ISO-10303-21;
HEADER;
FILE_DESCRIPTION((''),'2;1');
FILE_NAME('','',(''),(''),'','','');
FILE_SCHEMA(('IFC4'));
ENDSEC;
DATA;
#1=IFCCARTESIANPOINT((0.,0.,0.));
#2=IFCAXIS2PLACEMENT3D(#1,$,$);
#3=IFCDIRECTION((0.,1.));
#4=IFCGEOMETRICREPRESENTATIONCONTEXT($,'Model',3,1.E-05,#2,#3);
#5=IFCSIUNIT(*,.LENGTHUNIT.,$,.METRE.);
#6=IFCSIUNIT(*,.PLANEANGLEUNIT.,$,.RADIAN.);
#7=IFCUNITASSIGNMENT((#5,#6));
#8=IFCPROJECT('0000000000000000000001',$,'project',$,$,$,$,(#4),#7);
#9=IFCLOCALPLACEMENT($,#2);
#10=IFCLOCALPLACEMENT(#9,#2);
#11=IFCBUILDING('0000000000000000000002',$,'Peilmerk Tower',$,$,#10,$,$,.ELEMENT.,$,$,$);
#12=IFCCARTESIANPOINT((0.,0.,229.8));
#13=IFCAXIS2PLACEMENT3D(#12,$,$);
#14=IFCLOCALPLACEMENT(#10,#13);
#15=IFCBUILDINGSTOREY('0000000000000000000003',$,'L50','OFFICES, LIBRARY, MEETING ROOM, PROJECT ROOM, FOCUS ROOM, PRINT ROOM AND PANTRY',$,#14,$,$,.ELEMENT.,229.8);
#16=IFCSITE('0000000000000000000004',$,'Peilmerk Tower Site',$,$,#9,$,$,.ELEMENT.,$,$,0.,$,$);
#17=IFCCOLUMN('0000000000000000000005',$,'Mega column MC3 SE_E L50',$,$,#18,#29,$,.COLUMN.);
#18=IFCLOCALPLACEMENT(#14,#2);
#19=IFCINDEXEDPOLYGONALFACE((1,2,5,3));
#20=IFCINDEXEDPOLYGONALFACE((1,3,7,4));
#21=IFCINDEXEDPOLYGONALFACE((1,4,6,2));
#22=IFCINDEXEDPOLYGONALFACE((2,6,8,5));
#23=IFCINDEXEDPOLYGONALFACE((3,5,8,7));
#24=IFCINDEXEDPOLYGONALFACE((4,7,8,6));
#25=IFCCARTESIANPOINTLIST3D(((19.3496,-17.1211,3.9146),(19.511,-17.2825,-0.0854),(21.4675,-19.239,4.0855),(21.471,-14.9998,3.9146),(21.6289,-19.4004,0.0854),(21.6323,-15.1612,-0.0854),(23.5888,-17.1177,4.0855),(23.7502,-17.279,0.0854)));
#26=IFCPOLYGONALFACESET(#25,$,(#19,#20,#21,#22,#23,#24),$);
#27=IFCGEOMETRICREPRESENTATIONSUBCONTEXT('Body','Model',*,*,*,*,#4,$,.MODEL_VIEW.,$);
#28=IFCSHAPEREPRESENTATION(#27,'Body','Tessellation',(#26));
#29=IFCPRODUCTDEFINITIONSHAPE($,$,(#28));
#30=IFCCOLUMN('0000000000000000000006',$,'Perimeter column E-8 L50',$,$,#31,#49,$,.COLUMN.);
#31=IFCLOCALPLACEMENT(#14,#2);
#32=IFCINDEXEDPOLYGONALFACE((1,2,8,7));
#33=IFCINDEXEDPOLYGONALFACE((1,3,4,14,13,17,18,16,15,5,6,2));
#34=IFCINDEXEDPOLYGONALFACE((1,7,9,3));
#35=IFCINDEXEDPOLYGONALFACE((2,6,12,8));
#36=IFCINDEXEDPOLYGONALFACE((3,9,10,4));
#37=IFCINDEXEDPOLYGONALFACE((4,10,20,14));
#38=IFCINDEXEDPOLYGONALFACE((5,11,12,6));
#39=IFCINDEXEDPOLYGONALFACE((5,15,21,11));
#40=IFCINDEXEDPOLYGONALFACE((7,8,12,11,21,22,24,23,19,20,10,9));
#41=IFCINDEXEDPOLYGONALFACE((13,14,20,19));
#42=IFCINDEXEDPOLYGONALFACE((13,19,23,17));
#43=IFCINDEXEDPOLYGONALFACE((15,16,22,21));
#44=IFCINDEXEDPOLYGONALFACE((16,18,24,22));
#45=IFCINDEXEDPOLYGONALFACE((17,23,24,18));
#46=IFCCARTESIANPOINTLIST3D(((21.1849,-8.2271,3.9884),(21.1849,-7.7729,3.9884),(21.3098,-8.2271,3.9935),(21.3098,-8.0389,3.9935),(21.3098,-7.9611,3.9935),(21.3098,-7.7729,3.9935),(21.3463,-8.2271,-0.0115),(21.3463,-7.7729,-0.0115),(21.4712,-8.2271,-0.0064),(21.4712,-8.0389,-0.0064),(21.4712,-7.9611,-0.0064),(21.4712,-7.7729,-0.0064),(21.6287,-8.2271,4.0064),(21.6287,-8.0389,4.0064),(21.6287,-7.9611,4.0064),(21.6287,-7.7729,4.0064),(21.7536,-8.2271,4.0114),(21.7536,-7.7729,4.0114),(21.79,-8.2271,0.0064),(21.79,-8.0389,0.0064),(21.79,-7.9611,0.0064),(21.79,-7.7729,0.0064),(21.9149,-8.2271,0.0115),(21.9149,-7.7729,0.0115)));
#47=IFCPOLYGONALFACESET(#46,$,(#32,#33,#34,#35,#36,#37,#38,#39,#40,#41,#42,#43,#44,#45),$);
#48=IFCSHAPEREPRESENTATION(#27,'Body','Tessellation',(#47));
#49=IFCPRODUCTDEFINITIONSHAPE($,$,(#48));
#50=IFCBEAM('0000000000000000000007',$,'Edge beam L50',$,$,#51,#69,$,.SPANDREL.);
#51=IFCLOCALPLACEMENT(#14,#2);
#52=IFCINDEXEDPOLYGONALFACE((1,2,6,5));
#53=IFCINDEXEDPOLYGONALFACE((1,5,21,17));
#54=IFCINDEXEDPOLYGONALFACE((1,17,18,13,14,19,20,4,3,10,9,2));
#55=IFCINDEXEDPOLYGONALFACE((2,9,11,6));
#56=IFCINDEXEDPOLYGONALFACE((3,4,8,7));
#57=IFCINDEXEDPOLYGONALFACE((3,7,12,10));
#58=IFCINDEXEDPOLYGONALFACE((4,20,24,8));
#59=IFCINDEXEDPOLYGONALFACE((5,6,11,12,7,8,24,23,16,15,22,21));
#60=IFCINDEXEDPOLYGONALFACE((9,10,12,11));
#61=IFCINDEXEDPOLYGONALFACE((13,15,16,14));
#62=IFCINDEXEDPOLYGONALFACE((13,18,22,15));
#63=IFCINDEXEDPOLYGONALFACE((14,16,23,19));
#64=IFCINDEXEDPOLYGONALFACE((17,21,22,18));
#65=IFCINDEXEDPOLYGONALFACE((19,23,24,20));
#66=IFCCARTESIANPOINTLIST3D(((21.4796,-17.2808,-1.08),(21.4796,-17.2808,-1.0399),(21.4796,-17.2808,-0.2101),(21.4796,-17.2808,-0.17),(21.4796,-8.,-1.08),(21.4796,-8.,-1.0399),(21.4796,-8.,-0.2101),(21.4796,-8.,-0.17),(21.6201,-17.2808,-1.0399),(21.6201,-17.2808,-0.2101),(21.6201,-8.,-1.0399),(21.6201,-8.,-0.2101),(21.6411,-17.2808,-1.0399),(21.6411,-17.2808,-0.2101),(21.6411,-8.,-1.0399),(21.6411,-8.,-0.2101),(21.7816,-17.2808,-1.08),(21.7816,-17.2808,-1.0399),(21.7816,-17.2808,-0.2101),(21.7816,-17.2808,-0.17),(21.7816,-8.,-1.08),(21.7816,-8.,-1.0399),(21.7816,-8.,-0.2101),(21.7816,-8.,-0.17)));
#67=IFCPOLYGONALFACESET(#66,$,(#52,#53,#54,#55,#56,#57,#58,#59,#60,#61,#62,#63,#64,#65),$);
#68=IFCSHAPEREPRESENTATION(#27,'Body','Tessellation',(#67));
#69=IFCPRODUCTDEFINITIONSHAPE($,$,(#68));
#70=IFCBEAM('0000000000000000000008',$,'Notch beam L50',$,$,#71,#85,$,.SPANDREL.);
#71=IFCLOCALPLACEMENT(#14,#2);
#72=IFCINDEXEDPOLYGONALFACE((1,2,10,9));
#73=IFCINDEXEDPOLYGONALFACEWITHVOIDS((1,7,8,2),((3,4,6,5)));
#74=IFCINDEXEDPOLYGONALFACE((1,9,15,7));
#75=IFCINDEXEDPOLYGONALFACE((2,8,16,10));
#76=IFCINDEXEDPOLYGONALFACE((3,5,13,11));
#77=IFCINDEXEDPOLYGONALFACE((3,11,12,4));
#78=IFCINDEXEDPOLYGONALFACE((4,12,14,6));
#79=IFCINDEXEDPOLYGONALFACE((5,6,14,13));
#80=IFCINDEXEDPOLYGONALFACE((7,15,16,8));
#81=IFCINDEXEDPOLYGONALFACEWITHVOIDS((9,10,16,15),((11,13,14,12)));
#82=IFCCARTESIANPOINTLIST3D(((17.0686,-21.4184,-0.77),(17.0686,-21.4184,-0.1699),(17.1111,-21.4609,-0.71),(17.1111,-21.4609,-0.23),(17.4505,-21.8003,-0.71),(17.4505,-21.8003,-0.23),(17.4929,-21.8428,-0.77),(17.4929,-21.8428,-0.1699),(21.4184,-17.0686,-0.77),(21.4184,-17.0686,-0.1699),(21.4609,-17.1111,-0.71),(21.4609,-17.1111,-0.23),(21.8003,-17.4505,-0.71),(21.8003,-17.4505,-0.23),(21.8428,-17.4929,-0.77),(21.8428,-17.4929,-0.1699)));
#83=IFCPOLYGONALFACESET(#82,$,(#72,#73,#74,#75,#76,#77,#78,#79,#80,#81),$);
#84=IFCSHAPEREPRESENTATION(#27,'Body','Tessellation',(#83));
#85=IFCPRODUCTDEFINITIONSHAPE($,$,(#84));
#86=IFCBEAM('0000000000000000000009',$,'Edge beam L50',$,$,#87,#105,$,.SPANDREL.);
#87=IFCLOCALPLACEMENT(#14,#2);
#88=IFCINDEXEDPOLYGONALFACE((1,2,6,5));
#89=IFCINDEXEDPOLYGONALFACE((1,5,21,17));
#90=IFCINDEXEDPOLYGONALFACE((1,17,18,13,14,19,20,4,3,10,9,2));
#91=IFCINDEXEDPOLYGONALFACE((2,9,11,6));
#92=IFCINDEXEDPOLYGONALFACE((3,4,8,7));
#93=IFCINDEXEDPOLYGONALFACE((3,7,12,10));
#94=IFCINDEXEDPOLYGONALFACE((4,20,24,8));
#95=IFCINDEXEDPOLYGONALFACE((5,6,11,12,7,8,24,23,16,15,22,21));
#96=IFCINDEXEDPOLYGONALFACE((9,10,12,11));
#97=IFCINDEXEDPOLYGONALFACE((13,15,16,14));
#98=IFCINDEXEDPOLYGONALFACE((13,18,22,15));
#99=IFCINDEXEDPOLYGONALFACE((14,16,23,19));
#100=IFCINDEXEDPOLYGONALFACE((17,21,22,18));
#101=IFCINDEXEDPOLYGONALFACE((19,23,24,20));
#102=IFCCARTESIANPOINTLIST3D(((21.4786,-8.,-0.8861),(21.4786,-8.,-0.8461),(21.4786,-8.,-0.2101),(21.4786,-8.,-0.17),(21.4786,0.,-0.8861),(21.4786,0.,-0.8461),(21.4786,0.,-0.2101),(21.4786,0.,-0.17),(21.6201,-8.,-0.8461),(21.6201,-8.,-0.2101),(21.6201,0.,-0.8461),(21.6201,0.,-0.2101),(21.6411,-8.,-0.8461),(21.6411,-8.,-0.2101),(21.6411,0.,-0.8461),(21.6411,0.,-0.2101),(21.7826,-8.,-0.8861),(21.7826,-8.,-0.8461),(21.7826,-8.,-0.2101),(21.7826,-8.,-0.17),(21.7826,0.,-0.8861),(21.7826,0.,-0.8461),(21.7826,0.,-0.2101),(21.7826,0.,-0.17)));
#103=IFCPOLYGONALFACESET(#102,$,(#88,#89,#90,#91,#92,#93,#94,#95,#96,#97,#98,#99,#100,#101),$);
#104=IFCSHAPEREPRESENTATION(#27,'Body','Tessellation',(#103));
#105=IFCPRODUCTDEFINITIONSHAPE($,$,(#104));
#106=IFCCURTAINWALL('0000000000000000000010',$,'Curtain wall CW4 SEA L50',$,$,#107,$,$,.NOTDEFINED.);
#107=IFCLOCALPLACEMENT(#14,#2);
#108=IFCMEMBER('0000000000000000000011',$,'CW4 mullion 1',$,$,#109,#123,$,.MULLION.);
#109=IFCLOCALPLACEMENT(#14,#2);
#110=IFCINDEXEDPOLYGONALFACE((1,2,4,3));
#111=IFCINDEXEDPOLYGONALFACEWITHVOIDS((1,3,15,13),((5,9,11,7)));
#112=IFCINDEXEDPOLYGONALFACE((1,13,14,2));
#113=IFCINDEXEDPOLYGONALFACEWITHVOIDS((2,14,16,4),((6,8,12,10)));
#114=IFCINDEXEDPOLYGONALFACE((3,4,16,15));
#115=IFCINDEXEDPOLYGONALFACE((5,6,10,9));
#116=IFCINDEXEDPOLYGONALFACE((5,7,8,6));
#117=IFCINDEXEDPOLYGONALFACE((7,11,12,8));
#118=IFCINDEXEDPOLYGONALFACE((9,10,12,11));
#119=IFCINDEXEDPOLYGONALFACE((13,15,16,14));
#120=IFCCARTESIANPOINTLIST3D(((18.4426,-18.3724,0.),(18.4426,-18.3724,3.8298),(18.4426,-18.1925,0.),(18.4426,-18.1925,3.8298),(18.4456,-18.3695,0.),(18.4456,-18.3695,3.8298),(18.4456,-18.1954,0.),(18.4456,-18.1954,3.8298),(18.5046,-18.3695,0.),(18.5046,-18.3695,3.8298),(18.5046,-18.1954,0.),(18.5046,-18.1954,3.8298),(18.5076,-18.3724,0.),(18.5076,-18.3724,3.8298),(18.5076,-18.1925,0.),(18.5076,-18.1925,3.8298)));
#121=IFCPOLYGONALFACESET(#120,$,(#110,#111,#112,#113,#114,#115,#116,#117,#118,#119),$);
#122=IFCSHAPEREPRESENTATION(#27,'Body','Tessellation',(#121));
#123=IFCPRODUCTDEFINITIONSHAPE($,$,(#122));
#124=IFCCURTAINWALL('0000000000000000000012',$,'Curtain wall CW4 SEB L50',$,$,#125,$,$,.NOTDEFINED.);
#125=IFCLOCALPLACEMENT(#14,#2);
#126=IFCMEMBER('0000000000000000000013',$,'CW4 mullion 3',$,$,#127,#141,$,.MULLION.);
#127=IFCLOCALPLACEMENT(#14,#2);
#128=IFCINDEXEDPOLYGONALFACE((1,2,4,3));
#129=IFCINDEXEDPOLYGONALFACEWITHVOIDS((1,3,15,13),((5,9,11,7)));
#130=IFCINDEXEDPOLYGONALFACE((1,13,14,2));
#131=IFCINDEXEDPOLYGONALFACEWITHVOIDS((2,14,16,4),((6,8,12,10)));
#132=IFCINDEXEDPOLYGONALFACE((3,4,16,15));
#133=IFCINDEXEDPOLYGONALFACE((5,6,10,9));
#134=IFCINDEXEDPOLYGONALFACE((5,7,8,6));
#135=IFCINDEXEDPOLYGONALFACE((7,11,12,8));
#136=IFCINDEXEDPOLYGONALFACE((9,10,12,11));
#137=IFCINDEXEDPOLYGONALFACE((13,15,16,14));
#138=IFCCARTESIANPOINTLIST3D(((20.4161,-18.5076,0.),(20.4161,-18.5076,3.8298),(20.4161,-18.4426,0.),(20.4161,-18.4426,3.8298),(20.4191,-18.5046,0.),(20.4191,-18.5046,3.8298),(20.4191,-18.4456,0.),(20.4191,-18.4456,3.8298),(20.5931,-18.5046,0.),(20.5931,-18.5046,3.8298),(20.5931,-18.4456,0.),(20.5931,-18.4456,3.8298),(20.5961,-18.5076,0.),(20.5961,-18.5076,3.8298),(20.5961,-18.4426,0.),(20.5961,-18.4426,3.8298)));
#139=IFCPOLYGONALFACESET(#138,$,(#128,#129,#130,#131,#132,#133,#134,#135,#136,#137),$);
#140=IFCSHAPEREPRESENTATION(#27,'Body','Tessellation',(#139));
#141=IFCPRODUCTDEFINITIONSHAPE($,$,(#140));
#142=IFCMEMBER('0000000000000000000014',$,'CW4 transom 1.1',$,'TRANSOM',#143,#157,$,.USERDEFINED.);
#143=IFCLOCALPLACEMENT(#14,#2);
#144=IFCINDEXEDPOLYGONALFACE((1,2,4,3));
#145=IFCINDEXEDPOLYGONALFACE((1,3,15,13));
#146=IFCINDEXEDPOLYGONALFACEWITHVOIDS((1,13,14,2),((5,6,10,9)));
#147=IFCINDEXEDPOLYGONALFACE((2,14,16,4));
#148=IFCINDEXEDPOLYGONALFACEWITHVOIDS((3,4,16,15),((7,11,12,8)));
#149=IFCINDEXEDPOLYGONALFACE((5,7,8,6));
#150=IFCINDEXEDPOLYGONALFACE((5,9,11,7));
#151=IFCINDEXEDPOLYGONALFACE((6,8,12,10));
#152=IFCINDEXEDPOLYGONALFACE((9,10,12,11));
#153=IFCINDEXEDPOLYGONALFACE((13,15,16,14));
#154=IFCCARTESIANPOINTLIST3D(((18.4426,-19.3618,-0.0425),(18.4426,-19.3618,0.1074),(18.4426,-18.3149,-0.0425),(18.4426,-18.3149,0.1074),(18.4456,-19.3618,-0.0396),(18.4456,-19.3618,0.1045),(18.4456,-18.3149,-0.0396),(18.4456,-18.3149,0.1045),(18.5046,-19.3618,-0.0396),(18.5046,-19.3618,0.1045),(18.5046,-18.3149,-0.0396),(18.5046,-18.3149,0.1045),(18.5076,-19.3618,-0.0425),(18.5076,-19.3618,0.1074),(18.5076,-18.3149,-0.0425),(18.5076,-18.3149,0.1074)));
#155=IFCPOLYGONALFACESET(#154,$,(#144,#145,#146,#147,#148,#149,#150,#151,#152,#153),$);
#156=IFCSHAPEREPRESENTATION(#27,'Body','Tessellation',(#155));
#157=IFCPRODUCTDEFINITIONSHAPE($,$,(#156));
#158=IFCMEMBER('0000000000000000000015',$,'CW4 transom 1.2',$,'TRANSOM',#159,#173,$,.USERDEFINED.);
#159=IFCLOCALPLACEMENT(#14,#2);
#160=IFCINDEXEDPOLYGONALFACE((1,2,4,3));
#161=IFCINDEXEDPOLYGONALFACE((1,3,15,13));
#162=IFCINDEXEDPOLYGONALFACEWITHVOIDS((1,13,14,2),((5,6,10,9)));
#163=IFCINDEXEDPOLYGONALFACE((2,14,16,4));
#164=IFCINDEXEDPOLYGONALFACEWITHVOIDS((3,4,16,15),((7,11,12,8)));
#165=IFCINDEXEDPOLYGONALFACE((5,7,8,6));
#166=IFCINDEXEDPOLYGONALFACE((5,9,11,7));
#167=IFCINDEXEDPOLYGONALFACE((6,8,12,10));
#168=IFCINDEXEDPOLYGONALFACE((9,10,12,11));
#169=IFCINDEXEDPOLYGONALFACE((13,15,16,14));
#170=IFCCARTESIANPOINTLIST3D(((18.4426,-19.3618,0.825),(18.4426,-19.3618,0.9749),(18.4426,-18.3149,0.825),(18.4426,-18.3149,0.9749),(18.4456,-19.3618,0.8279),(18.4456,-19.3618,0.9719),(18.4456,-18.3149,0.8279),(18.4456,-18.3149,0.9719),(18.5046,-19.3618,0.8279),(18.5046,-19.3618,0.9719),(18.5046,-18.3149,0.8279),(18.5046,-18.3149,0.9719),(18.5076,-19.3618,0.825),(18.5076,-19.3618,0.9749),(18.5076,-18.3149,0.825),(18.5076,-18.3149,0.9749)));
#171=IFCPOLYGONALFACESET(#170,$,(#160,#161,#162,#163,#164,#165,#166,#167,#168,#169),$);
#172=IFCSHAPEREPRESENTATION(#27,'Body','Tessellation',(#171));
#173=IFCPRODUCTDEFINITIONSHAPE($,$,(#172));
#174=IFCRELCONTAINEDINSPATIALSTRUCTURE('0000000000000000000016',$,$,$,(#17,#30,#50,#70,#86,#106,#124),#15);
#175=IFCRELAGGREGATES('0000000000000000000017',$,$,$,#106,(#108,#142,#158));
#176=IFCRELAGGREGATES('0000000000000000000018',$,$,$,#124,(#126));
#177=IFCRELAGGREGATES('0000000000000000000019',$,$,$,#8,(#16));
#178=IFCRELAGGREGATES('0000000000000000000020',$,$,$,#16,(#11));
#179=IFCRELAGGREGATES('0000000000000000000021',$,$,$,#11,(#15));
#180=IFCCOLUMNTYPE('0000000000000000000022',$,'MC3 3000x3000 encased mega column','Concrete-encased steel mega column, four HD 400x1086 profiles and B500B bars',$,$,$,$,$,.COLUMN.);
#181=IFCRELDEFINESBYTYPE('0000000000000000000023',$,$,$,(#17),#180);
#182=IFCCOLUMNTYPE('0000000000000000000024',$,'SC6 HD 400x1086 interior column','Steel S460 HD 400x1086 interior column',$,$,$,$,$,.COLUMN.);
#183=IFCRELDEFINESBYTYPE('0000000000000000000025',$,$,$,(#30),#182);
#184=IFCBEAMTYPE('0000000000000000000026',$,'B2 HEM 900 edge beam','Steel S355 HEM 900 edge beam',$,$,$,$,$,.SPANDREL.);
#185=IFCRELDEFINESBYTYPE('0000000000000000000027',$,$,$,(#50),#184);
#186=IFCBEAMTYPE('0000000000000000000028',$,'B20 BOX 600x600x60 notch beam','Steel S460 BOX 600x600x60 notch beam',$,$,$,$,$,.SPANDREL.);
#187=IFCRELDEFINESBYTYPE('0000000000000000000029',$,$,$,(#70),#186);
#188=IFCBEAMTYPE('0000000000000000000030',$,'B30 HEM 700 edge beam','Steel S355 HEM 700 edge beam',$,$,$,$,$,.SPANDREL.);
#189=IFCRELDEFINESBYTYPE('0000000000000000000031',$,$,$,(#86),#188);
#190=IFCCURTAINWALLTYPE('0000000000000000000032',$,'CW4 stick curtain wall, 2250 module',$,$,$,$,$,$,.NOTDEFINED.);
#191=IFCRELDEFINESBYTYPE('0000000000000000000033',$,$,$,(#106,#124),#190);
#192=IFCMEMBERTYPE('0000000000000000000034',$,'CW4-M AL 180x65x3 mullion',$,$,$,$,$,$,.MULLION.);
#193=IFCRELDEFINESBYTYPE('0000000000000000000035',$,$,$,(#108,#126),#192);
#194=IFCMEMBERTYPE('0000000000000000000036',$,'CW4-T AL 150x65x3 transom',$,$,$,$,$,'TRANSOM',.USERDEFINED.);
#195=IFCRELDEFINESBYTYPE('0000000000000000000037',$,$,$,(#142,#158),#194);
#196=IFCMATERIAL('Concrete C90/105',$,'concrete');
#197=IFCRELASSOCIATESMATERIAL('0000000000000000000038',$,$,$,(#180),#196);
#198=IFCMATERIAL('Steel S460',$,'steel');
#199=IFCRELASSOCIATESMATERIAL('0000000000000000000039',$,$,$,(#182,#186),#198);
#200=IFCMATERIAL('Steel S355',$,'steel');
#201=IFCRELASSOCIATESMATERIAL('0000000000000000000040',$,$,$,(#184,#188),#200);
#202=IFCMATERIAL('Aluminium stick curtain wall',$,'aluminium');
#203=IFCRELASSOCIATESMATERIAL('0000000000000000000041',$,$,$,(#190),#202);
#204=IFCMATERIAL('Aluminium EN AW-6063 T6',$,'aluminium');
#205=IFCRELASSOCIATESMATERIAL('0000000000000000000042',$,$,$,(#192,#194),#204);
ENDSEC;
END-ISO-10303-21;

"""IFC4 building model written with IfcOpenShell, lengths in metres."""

from ifc_helpers import new_model, si_unit, direction, frame, origin, origin_2d, place, context, subcontext, project, spatial, rectangle, hollow_rectangle, i_section, extrude, material, material_profile, profile_set, type_object, element, aggregate, save


model = new_model("IFC4")

# Units and contexts
model_context = context("Model", 3, precision=1e-05, world=origin(), true_north=direction((0.0, 1.0)))
body_context = subcontext(model_context, "Body", "Model", "MODEL_VIEW")
ifc_project = project(units=[si_unit("LENGTHUNIT", "METRE"), si_unit("PLANEANGLEUNIT", "RADIAN")], contexts=[model_context])

# Site, building, storey
site_placement = place(None, origin())
site = spatial("IfcSite", under=ifc_project, at=site_placement, Name="Peilmerk Tower Site", CompositionType="ELEMENT", RefElevation=0.0)
building_placement = place(site_placement, origin())
building = spatial("IfcBuilding", under=site, at=building_placement, Name="Peilmerk Tower", CompositionType="ELEMENT")
storey_placement = place(building_placement, frame((0.0, 0.0, 229.8)))
storey = spatial("IfcBuildingStorey", under=building, at=storey_placement, Name="L50", Description="OFFICES, LIBRARY, MEETING ROOM, PROJECT ROOM, FOCUS ROOM, PRINT ROOM AND PANTRY", CompositionType="ELEMENT", Elevation=229.8)

# Columns
ifc_material_1 = material(Name="Concrete C90/105", Category="concrete")
ifc_material_profile_1 = material_profile(ifc_material_1, rectangle(XDim=3.0, YDim=3.0, at=origin_2d()), Name="RC 3000x3000")
ifc_profile_set_1 = profile_set([ifc_material_profile_1], Name="Concrete C90/105")
column_type_1 = type_object("IfcColumnType", Name="MC3 3000x3000 encased mega column", Description="Concrete-encased steel mega column, four HD 400x1086 profiles and B500B bars", PredefinedType="COLUMN", material=ifc_profile_set_1)
column_1_placement = place(storey_placement, frame((21.6306, -17.2808, 0.0), z_axis=(-0.040279, 0.040279, 0.998376), x_axis=(-0.707107, -0.707107, 0.0)))
element("IfcColumn", 1, at=column_1_placement, inside=storey, type_object=column_type_1, Name="Mega column MC3 SE_E L50", PredefinedType="COLUMN", context=body_context, shape_type="SweptSolid", body=[
    extrude(rectangle(XDim=3.0, YDim=3.0, at=origin_2d()), origin(), (0.0, 0.0, 1.0), 4.0066),
])
ifc_material_2 = material(Name="Steel S460", Category="steel")
ifc_material_profile_2 = material_profile(ifc_material_2, i_section(OverallWidth=0.4541, OverallDepth=0.5691, WebThickness=0.0779, FlangeThickness=0.125, at=origin_2d()), Name="HD 400x1086")
ifc_profile_set_2 = profile_set([ifc_material_profile_2], Name="Steel S460")
column_type_2 = type_object("IfcColumnType", Name="SC6 HD 400x1086 interior column", Description="Steel S460 HD 400x1086 interior column", PredefinedType="COLUMN", material=ifc_profile_set_2)
column_2_placement = place(storey_placement, frame((21.6306, -8.0, 0.0), z_axis=(-0.040311, 0.0, 0.999187), x_axis=(0.0, -1.0, 0.0)))
element("IfcColumn", 2, at=column_2_placement, inside=storey, type_object=column_type_2, Name="Perimeter column E-8 L50", PredefinedType="COLUMN", context=body_context, shape_type="SweptSolid", body=[
    extrude(i_section(OverallWidth=0.4541, OverallDepth=0.5691, WebThickness=0.0779, FlangeThickness=0.125, at=origin_2d()), origin(), (0.0, 0.0, 1.0), 4.0032),
])

# Beams
ifc_material_3 = material(Name="Steel S355", Category="steel")
ifc_material_profile_3 = material_profile(ifc_material_3, i_section(OverallWidth=0.302, OverallDepth=0.9099, WebThickness=0.021, FlangeThickness=0.04, at=origin_2d()), Name="HEM 900")
ifc_profile_set_3 = profile_set([ifc_material_profile_3], Name="Steel S355")
beam_type_1 = type_object("IfcBeamType", Name="B2 HEM 900 edge beam", Description="Steel S355 HEM 900 edge beam", PredefinedType="SPANDREL", material=ifc_profile_set_3)
beam_1_placement = place(storey_placement, frame((21.6306, -17.2808, -0.625), z_axis=(0.0, 1.0, 0.0), x_axis=(-1.0, 0.0, 0.0)))
element("IfcBeam", 3, at=beam_1_placement, inside=storey, type_object=beam_type_1, Name="Edge beam L50", PredefinedType="SPANDREL", context=body_context, shape_type="SweptSolid", body=[
    extrude(i_section(OverallWidth=0.302, OverallDepth=0.9099, WebThickness=0.021, FlangeThickness=0.04, at=origin_2d()), origin(), (0.0, 0.0, 1.0), 9.2808),
])
ifc_material_profile_4 = material_profile(ifc_material_2, hollow_rectangle(XDim=0.6001, YDim=0.6001, WallThickness=0.0601, at=origin_2d()), Name="BOX 600x600x60")
ifc_profile_set_4 = profile_set([ifc_material_profile_4], Name="Steel S460")
beam_type_2 = type_object("IfcBeamType", Name="B20 BOX 600x600x60 notch beam", Description="Steel S460 BOX 600x600x60 notch beam", PredefinedType="SPANDREL", material=ifc_profile_set_4)
beam_2_placement = place(storey_placement, frame((21.6306, -17.2808, -0.47), z_axis=(-0.707107, -0.707107, 0.0), x_axis=(0.707107, -0.707107, 0.0)))
element("IfcBeam", 4, at=beam_2_placement, inside=storey, type_object=beam_type_2, Name="Notch beam L50", PredefinedType="SPANDREL", context=body_context, shape_type="SweptSolid", body=[
    extrude(hollow_rectangle(XDim=0.6001, YDim=0.6001, WallThickness=0.0601, at=origin_2d()), origin(), (0.0, 0.0, 1.0), 6.1516),
])
ifc_material_profile_5 = material_profile(ifc_material_3, i_section(OverallWidth=0.304, OverallDepth=0.7161, WebThickness=0.021, FlangeThickness=0.04, at=origin_2d()), Name="HEM 700")
ifc_profile_set_5 = profile_set([ifc_material_profile_5], Name="Steel S355")
beam_type_3 = type_object("IfcBeamType", Name="B30 HEM 700 edge beam", Description="Steel S355 HEM 700 edge beam", PredefinedType="SPANDREL", material=ifc_profile_set_5)
beam_3_placement = place(storey_placement, frame((21.6306, -8.0, -0.5281), z_axis=(0.0, 1.0, 0.0), x_axis=(-1.0, 0.0, 0.0)))
element("IfcBeam", 5, at=beam_3_placement, inside=storey, type_object=beam_type_3, Name="Edge beam L50", PredefinedType="SPANDREL", context=body_context, shape_type="SweptSolid", body=[
    extrude(i_section(OverallWidth=0.304, OverallDepth=0.7161, WebThickness=0.021, FlangeThickness=0.04, at=origin_2d()), origin(), (0.0, 0.0, 1.0), 8.0),
])

# Curtain walls, members
ifc_material_4 = material(Name="Aluminium stick curtain wall", Category="aluminium")
curtain_wall_type = type_object("IfcCurtainWallType", Name="CW4 stick curtain wall, 2250 module", PredefinedType="NOTDEFINED", material=ifc_material_4)
curtain_wall_1_placement = place(storey_placement, origin())
curtain_wall_1 = element("IfcCurtainWall", 6, at=curtain_wall_1_placement, inside=storey, type_object=curtain_wall_type, Name="Curtain wall CW4 SEA L50", PredefinedType="NOTDEFINED")
ifc_material_5 = material(Name="Aluminium EN AW-6063 T6", Category="aluminium")
ifc_material_profile_6 = material_profile(ifc_material_5, hollow_rectangle(XDim=0.0649, YDim=0.1799, WallThickness=0.0029, at=origin_2d()), Name="AL 180x65x3")
ifc_profile_set_6 = profile_set([ifc_material_profile_6], Name="Aluminium EN AW-6063 T6")
member_type_1 = type_object("IfcMemberType", Name="CW4-M AL 180x65x3 mullion", PredefinedType="MULLION", material=ifc_profile_set_6)
member_1_placement = place(storey_placement, frame((18.4751, -18.2825, 0.0), z_axis=(0.0, 0.0, 1.0), x_axis=(1.0, 0.0, 0.0)))
member_1 = element("IfcMember", 7, at=member_1_placement, type_object=member_type_1, Name="CW4 mullion 1", PredefinedType="MULLION", context=body_context, shape_type="SweptSolid", body=[
    extrude(hollow_rectangle(XDim=0.0649, YDim=0.1799, WallThickness=0.0029, at=origin_2d()), origin(), (0.0, 0.0, 1.0), 3.8298),
])
curtain_wall_2_placement = place(storey_placement, origin())
curtain_wall_2 = element("IfcCurtainWall", 8, at=curtain_wall_2_placement, inside=storey, type_object=curtain_wall_type, Name="Curtain wall CW4 SEB L50", PredefinedType="NOTDEFINED")
member_2_placement = place(storey_placement, frame((20.5061, -18.4751, 0.0), z_axis=(0.0, 0.0, 1.0), x_axis=(0.0, 1.0, 0.0)))
member_2 = element("IfcMember", 9, at=member_2_placement, type_object=member_type_1, Name="CW4 mullion 3", PredefinedType="MULLION", context=body_context, shape_type="SweptSolid", body=[
    extrude(hollow_rectangle(XDim=0.0649, YDim=0.1799, WallThickness=0.0029, at=origin_2d()), origin(), (0.0, 0.0, 1.0), 3.8298),
])

# Members
ifc_material_profile_7 = material_profile(ifc_material_5, hollow_rectangle(XDim=0.0649, YDim=0.1499, WallThickness=0.0029, at=origin_2d()), Name="AL 150x65x3")
ifc_profile_set_7 = profile_set([ifc_material_profile_7], Name="Aluminium EN AW-6063 T6")
member_type_2 = type_object("IfcMemberType", Name="CW4-T AL 150x65x3 transom", ElementType="TRANSOM", PredefinedType="USERDEFINED", material=ifc_profile_set_7)
member_3_placement = place(storey_placement, frame((18.4751, -18.3149, 0.0325), z_axis=(0.0, -1.0, 0.0), x_axis=(1.0, 0.0, 0.0)))
member_3 = element("IfcMember", 10, at=member_3_placement, type_object=member_type_2, Name="CW4 transom 1.1", ObjectType="TRANSOM", PredefinedType="USERDEFINED", context=body_context, shape_type="SweptSolid", body=[
    extrude(hollow_rectangle(XDim=0.0649, YDim=0.1499, WallThickness=0.0029, at=origin_2d()), origin(), (0.0, 0.0, 1.0), 1.0469),
])
member_4_placement = place(storey_placement, frame((18.4751, -18.3149, 0.8999), z_axis=(0.0, -1.0, 0.0), x_axis=(1.0, 0.0, 0.0)))
member_4 = element("IfcMember", 11, at=member_4_placement, type_object=member_type_2, Name="CW4 transom 1.2", ObjectType="TRANSOM", PredefinedType="USERDEFINED", context=body_context, shape_type="SweptSolid", body=[
    extrude(hollow_rectangle(XDim=0.0649, YDim=0.1499, WallThickness=0.0029, at=origin_2d()), origin(), (0.0, 0.0, 1.0), 1.0469),
])
aggregate(curtain_wall_1, [member_1, member_3, member_4])

aggregate(curtain_wall_2, [member_2])

save(model, "model.ifc")
